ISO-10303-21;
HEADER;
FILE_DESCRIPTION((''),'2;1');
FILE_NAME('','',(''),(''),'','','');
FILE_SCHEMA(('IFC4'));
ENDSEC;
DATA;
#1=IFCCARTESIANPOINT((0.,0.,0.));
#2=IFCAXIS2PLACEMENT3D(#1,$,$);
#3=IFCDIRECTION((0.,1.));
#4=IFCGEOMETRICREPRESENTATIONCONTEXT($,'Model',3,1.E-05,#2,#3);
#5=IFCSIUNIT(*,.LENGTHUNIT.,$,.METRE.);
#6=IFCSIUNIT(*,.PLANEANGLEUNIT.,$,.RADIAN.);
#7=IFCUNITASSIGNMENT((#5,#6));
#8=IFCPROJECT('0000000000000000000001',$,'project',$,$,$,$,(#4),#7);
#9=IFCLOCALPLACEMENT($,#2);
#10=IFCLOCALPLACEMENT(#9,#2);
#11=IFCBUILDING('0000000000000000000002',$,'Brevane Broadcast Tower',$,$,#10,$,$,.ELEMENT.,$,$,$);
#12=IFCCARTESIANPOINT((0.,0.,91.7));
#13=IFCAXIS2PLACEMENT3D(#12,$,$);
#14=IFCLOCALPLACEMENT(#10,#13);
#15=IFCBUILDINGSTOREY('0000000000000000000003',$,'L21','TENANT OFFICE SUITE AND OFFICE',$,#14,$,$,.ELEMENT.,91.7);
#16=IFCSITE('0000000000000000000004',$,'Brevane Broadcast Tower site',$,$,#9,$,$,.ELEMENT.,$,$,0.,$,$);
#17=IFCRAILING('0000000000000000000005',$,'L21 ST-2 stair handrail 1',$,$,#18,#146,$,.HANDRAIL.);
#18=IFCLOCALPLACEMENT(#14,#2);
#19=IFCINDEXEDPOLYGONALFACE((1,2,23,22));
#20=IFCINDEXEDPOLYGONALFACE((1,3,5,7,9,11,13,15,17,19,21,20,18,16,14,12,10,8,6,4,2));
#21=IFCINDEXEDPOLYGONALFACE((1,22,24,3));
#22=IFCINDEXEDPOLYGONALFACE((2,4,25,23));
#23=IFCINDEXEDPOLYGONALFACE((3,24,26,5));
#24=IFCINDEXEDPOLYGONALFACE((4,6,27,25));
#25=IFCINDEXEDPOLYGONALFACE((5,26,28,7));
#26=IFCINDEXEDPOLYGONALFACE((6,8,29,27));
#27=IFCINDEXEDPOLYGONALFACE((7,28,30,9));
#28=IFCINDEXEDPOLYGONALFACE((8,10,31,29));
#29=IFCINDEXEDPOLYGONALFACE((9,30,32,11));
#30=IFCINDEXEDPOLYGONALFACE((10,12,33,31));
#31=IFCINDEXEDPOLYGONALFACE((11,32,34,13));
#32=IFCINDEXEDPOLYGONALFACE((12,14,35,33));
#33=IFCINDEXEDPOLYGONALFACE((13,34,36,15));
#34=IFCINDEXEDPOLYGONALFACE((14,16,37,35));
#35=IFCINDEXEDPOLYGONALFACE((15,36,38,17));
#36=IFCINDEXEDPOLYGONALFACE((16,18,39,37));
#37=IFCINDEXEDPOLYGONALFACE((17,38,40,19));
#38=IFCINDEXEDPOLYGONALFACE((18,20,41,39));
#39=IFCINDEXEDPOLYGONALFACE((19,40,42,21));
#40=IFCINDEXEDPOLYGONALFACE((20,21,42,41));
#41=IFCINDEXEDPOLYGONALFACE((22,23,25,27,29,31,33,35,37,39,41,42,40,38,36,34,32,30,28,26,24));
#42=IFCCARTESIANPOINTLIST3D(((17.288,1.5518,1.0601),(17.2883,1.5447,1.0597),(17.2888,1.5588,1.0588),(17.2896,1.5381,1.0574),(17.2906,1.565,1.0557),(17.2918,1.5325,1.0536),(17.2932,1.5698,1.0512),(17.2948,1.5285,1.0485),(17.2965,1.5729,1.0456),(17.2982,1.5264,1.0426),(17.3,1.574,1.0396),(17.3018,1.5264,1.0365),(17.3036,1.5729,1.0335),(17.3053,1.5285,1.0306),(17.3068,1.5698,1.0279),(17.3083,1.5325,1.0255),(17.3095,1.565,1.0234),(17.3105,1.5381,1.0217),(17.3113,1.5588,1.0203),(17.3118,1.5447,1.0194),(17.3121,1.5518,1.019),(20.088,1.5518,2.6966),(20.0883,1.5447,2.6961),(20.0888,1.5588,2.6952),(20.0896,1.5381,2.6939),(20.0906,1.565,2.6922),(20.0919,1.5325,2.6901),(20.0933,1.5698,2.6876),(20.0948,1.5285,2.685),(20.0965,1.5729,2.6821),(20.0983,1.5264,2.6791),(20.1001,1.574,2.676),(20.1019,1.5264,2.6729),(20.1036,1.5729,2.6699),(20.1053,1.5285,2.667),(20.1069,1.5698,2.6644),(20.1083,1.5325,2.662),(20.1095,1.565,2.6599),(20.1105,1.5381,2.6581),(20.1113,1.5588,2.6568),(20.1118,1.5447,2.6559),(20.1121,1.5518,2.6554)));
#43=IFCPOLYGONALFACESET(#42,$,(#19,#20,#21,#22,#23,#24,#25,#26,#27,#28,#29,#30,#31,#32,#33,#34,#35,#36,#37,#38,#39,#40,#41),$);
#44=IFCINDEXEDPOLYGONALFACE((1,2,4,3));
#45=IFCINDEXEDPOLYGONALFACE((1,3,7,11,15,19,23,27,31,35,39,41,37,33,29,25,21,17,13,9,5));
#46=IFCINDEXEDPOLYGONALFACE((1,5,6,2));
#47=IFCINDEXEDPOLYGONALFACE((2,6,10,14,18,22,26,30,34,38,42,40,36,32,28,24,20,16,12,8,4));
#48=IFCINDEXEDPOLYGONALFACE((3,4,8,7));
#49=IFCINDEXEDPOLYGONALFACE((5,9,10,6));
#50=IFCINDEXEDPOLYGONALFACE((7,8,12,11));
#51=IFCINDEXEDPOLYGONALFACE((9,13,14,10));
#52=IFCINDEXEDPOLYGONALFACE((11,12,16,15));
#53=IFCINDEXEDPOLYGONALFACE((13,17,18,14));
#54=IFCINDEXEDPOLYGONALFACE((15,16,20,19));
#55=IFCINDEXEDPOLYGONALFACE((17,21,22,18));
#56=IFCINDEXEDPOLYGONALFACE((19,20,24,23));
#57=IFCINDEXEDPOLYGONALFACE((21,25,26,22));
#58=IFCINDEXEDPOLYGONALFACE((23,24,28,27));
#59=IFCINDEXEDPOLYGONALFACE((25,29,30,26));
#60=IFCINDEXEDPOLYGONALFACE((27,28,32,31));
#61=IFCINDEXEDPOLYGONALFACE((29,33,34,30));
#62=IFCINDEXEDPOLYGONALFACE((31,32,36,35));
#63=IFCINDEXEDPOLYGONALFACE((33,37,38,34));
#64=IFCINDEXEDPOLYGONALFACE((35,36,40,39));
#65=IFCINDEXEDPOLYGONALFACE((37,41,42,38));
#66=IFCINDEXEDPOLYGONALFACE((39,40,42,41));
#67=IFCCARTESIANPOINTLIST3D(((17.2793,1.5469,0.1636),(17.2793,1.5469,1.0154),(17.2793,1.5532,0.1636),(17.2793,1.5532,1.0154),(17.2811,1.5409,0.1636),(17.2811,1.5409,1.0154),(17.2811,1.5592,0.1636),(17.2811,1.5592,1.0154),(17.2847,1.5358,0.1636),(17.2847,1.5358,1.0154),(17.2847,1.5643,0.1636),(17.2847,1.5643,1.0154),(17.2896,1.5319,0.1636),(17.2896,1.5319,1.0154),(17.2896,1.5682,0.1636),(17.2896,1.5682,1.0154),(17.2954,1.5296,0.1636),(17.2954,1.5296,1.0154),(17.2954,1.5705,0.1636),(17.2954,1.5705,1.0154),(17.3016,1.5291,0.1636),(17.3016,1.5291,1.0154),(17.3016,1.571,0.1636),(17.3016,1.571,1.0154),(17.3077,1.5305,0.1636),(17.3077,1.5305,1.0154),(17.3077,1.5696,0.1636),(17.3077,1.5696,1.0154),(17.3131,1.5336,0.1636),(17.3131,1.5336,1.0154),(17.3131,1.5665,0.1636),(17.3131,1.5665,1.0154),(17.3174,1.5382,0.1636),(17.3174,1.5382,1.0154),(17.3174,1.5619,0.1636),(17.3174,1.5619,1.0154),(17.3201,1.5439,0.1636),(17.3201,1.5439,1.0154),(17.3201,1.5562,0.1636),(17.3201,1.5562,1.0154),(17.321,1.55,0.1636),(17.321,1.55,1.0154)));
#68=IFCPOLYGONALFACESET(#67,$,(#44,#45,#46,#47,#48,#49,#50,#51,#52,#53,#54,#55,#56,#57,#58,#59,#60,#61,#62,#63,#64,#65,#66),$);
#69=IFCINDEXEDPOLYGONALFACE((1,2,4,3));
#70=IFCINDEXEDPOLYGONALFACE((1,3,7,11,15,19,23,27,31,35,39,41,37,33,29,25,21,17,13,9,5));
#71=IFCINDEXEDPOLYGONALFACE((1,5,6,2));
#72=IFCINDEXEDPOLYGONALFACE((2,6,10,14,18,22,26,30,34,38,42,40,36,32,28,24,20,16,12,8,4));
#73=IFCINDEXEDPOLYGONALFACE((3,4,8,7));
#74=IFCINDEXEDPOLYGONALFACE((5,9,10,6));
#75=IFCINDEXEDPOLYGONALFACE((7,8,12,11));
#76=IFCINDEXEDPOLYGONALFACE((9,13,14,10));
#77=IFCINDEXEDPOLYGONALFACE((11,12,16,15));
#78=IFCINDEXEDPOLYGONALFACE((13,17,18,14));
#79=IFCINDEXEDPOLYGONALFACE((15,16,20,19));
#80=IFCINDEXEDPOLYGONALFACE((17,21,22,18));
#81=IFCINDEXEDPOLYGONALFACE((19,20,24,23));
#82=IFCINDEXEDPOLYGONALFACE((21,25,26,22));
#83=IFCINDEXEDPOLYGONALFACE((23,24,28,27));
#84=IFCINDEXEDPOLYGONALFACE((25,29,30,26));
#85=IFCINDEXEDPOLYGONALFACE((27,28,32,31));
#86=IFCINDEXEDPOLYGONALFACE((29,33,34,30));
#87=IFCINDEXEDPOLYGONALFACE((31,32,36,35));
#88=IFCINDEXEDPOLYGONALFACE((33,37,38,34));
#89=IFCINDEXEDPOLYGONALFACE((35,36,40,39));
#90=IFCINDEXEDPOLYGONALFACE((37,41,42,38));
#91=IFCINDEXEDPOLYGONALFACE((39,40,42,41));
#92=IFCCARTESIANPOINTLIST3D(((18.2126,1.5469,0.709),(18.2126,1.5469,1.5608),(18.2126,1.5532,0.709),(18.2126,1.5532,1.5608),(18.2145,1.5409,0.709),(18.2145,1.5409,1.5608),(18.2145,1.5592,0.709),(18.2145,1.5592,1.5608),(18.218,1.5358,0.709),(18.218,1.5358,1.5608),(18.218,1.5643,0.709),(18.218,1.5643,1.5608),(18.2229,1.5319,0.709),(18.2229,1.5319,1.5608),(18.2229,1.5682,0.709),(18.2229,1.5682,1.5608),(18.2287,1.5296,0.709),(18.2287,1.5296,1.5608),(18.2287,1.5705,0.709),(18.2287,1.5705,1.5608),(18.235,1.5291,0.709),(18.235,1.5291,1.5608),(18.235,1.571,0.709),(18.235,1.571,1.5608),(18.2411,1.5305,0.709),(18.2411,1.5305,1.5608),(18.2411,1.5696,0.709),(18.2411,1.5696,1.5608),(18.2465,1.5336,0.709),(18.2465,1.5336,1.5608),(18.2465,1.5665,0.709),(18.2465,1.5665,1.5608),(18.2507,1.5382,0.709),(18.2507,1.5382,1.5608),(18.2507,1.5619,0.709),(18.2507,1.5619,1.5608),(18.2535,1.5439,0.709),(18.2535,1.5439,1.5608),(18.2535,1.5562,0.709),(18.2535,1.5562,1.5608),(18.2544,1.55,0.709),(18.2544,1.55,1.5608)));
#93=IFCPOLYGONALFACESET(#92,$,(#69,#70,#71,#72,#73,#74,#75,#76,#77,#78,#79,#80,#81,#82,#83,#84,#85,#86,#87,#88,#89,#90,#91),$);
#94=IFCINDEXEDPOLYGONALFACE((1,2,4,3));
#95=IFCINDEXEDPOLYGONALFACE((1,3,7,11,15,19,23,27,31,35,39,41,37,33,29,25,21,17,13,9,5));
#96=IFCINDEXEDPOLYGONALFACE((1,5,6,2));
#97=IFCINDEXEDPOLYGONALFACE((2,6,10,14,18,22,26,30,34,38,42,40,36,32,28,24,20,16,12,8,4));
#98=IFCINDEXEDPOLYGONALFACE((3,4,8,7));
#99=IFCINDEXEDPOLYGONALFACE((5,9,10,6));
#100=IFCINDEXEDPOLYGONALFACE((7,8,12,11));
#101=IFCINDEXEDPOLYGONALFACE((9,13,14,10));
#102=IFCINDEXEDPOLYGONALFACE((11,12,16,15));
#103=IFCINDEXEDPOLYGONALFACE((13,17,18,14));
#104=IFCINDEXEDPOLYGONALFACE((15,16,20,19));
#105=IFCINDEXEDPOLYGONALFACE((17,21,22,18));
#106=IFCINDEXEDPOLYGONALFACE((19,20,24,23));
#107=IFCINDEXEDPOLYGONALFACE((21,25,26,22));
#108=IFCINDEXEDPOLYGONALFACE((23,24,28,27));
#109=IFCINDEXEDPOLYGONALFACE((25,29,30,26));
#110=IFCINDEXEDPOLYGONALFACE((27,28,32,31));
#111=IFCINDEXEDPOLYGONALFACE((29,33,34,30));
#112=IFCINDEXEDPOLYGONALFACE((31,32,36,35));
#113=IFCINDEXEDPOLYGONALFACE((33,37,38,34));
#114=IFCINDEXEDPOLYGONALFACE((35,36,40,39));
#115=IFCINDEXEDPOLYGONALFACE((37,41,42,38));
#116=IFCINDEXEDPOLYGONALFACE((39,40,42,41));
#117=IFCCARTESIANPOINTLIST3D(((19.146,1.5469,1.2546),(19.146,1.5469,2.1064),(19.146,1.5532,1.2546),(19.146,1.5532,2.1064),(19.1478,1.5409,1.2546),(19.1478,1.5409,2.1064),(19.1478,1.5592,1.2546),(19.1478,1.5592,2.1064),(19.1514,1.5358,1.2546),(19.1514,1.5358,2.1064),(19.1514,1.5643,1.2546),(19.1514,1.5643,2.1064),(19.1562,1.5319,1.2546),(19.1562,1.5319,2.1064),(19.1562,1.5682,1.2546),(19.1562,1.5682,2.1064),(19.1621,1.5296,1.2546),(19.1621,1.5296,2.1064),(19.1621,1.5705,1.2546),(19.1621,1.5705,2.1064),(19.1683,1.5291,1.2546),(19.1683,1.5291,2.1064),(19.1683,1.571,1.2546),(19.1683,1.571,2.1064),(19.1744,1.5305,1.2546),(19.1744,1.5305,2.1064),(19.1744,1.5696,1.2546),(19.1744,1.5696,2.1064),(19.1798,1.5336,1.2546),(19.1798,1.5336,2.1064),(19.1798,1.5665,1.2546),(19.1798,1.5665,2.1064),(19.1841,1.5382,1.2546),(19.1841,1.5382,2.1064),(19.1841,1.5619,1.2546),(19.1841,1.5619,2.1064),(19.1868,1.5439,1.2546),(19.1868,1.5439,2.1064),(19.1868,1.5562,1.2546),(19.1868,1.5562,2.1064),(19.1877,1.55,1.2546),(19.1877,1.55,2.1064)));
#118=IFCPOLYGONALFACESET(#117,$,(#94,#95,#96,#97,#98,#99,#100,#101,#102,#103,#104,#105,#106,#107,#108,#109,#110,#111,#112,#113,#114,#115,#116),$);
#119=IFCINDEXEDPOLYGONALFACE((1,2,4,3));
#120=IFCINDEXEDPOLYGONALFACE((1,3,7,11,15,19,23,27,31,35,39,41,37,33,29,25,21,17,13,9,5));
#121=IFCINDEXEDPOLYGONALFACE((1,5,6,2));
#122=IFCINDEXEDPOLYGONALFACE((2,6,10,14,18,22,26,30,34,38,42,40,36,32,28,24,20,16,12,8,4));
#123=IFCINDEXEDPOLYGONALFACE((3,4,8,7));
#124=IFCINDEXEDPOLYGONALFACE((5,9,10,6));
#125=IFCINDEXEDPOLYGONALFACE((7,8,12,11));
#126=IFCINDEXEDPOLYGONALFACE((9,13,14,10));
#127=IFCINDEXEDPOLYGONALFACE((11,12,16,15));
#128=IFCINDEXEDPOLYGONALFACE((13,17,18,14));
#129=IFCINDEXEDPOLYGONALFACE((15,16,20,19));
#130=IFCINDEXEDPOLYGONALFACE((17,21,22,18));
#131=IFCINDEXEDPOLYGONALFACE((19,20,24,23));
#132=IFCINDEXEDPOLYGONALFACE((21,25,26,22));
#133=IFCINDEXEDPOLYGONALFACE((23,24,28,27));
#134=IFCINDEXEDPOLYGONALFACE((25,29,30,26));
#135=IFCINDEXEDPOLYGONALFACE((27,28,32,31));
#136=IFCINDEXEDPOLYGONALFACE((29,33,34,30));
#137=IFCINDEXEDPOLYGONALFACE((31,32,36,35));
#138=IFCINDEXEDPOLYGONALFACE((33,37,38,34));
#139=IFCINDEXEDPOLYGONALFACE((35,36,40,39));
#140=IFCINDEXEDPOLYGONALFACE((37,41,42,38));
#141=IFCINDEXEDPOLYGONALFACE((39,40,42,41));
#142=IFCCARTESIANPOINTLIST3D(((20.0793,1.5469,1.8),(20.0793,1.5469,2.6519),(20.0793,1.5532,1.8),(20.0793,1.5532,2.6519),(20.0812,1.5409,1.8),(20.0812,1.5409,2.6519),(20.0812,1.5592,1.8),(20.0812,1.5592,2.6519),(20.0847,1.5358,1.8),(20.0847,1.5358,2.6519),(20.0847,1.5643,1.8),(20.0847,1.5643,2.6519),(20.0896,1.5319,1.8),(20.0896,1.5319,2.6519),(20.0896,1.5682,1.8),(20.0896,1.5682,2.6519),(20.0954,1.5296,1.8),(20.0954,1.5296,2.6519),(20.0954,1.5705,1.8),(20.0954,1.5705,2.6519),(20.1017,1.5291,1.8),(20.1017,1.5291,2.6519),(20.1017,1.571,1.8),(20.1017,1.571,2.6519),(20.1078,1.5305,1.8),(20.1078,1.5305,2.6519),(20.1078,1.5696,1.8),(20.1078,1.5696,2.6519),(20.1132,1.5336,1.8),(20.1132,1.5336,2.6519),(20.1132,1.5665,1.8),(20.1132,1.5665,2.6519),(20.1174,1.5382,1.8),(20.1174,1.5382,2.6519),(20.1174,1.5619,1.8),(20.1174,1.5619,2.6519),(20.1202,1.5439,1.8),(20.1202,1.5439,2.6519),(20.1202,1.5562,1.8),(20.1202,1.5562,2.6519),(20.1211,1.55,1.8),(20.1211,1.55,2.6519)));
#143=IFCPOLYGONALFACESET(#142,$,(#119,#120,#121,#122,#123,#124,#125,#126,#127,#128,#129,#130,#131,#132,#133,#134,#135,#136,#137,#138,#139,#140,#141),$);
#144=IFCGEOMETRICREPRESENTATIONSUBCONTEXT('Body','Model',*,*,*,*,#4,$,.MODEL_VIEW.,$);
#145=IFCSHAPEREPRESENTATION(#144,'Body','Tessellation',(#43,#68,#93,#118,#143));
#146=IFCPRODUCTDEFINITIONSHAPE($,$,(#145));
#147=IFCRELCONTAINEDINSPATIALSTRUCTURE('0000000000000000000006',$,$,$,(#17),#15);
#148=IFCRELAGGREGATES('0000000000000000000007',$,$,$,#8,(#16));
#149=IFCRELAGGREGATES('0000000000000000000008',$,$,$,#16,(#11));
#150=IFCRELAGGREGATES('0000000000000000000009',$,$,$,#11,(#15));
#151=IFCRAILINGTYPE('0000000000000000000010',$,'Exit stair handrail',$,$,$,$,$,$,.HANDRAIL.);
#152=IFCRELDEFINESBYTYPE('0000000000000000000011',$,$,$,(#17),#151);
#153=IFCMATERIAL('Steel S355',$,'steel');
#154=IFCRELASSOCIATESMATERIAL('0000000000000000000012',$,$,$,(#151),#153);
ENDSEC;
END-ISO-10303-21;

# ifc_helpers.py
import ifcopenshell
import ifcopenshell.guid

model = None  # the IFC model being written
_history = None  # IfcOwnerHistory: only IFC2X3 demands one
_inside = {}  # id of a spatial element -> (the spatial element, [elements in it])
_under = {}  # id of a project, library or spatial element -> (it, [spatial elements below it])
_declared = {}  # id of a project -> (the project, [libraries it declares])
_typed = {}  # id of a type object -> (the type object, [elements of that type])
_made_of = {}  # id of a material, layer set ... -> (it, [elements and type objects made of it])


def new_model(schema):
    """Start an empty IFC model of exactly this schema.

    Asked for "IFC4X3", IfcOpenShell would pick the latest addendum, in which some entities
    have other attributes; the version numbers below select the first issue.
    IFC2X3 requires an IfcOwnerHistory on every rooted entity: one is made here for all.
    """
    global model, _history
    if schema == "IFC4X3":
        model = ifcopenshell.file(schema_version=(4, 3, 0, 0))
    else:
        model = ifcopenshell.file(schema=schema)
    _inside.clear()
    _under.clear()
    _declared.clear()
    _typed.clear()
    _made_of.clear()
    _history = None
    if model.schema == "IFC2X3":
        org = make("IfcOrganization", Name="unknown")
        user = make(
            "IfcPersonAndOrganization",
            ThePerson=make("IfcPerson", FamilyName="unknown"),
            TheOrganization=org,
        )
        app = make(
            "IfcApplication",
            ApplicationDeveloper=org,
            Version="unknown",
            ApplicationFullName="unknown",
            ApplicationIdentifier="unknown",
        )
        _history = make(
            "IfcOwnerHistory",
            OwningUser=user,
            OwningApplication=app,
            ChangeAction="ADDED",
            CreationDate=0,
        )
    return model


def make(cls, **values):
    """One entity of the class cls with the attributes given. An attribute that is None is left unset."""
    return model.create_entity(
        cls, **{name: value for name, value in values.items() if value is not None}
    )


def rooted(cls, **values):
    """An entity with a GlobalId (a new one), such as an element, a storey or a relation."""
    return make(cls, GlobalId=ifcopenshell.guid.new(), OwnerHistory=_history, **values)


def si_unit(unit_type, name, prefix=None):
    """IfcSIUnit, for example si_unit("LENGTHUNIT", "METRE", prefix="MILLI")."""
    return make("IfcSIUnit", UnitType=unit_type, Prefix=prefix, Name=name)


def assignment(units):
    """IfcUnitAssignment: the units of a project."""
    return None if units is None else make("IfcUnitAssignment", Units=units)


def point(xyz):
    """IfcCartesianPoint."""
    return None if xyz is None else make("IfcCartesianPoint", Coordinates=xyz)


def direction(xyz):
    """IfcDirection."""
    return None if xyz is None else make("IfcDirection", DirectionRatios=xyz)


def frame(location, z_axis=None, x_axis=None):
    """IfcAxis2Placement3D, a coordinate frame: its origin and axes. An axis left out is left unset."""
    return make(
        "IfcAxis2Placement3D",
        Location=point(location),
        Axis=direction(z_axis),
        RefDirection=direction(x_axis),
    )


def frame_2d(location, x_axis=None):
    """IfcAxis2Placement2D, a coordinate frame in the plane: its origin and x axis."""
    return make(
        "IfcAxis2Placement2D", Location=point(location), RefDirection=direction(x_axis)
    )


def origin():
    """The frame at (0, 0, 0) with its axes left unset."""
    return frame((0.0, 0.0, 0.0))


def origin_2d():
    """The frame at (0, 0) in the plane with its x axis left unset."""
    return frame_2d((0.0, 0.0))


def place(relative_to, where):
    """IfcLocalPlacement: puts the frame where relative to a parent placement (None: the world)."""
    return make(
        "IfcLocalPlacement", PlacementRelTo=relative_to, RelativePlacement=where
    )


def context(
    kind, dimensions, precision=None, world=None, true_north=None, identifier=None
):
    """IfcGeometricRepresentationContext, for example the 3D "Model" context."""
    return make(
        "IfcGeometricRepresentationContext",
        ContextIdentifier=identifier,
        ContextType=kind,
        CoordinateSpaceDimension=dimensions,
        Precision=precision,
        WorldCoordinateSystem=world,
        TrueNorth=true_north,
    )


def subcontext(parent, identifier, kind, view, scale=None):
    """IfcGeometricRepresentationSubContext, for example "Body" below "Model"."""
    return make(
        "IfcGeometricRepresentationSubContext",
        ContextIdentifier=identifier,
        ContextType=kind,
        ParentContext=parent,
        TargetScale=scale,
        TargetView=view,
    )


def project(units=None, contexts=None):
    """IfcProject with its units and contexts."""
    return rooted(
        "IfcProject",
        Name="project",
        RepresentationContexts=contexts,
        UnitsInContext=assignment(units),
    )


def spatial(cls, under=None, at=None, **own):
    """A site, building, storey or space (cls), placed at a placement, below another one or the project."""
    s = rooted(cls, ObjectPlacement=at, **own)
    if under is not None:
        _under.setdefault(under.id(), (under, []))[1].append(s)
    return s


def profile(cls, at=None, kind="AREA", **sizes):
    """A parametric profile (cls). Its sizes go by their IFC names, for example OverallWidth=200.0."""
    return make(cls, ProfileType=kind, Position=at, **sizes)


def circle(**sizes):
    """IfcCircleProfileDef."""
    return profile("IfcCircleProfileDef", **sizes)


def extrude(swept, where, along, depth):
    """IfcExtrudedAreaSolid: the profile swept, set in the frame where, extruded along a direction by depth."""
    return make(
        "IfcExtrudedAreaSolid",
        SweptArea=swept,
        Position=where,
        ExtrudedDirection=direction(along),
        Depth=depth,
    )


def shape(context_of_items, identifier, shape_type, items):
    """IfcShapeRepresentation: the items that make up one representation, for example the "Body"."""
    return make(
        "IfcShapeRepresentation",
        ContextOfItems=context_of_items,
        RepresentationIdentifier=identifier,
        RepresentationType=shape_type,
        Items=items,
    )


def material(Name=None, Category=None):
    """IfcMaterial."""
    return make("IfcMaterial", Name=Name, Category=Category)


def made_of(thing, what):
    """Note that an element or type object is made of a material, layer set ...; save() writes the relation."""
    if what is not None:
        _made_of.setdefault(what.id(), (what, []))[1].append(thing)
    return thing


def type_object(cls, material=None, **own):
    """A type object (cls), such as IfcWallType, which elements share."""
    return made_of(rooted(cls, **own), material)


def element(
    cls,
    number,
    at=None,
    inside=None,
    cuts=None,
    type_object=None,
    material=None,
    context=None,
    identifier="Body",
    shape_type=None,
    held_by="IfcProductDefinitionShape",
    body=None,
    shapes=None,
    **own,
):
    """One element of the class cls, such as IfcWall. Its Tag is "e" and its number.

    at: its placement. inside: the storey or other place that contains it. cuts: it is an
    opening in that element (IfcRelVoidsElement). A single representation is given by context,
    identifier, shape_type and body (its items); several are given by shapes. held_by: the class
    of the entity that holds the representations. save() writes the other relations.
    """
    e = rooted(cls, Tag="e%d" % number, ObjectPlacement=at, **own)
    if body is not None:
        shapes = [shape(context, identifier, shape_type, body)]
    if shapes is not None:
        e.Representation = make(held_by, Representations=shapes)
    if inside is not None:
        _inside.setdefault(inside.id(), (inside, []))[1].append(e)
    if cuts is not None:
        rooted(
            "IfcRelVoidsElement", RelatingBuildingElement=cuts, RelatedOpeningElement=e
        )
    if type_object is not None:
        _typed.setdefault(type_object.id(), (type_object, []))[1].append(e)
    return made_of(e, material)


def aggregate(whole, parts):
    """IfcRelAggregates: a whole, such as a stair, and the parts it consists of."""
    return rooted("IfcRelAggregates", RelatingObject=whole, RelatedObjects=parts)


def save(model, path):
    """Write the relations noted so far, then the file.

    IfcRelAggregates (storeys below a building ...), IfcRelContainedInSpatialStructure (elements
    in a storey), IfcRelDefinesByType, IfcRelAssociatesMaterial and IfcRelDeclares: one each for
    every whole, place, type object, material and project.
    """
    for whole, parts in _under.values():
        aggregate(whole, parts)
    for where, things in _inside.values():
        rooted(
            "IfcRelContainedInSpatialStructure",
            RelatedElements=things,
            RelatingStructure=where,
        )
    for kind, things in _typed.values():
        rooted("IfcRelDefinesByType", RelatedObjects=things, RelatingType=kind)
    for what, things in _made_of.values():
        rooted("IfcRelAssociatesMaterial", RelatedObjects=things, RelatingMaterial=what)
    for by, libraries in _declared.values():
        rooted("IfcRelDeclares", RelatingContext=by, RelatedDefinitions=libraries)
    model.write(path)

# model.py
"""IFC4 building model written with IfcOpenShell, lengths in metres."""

from ifc_helpers import new_model, si_unit, direction, frame, origin, origin_2d, place, context, subcontext, project, spatial, circle, extrude, material, type_object, element, save


model = new_model("IFC4")

# Units and contexts
model_context = context("Model", 3, precision=1e-05, world=origin(), true_north=direction((0.0, 1.0)))
body_context = subcontext(model_context, "Body", "Model", "MODEL_VIEW")
ifc_project = project(units=[si_unit("LENGTHUNIT", "METRE"), si_unit("PLANEANGLEUNIT", "RADIAN")], contexts=[model_context])

# Site, building, storey
site_placement = place(None, origin())
site = spatial("IfcSite", under=ifc_project, at=site_placement, Name="Brevane Broadcast Tower site", CompositionType="ELEMENT", RefElevation=0.0)
building_placement = place(site_placement, origin())
building = spatial("IfcBuilding", under=site, at=building_placement, Name="Brevane Broadcast Tower", CompositionType="ELEMENT")
storey_placement = place(building_placement, frame((0.0, 0.0, 91.7)))
storey = spatial("IfcBuildingStorey", under=building, at=storey_placement, Name="L21", Description="TENANT OFFICE SUITE AND OFFICE", CompositionType="ELEMENT", Elevation=91.7)

# Railing
ifc_material_1 = material(Name="Steel S355", Category="steel")
railing_type_1 = type_object("IfcRailingType", Name="Exit stair handrail", PredefinedType="HANDRAIL", material=ifc_material_1)
railing_1_placement = place(storey_placement, frame((17.3, 1.55, 0.1636)))
element("IfcRailing", 1, at=railing_1_placement, inside=storey, type_object=railing_type_1, Name="L21 ST-2 stair handrail 1", PredefinedType="HANDRAIL", context=body_context, shape_type="SweptSolid", body=[
    extrude(circle(Radius=0.0239, at=origin_2d()), frame((0.0, 0.0, 0.876), z_axis=(0.863361, 0.0, 0.504587), x_axis=(0.0, 1.0, 0.0)), (0.0, 0.0, 1.0), 3.2432),
    extrude(circle(Radius=0.021, at=origin_2d()), origin(), (0.0, 0.0, 1.0), 0.8518),
    extrude(circle(Radius=0.021, at=origin_2d()), frame((0.9333, 0.0, 0.5454)), (0.0, 0.0, 1.0), 0.8518),
    extrude(circle(Radius=0.021, at=origin_2d()), frame((1.8667, 0.0, 1.0911)), (0.0, 0.0, 1.0), 0.8518),
    extrude(circle(Radius=0.021, at=origin_2d()), frame((2.8, 0.0, 1.6365)), (0.0, 0.0, 1.0), 0.8518),
])

save(model, "model.ifc")
